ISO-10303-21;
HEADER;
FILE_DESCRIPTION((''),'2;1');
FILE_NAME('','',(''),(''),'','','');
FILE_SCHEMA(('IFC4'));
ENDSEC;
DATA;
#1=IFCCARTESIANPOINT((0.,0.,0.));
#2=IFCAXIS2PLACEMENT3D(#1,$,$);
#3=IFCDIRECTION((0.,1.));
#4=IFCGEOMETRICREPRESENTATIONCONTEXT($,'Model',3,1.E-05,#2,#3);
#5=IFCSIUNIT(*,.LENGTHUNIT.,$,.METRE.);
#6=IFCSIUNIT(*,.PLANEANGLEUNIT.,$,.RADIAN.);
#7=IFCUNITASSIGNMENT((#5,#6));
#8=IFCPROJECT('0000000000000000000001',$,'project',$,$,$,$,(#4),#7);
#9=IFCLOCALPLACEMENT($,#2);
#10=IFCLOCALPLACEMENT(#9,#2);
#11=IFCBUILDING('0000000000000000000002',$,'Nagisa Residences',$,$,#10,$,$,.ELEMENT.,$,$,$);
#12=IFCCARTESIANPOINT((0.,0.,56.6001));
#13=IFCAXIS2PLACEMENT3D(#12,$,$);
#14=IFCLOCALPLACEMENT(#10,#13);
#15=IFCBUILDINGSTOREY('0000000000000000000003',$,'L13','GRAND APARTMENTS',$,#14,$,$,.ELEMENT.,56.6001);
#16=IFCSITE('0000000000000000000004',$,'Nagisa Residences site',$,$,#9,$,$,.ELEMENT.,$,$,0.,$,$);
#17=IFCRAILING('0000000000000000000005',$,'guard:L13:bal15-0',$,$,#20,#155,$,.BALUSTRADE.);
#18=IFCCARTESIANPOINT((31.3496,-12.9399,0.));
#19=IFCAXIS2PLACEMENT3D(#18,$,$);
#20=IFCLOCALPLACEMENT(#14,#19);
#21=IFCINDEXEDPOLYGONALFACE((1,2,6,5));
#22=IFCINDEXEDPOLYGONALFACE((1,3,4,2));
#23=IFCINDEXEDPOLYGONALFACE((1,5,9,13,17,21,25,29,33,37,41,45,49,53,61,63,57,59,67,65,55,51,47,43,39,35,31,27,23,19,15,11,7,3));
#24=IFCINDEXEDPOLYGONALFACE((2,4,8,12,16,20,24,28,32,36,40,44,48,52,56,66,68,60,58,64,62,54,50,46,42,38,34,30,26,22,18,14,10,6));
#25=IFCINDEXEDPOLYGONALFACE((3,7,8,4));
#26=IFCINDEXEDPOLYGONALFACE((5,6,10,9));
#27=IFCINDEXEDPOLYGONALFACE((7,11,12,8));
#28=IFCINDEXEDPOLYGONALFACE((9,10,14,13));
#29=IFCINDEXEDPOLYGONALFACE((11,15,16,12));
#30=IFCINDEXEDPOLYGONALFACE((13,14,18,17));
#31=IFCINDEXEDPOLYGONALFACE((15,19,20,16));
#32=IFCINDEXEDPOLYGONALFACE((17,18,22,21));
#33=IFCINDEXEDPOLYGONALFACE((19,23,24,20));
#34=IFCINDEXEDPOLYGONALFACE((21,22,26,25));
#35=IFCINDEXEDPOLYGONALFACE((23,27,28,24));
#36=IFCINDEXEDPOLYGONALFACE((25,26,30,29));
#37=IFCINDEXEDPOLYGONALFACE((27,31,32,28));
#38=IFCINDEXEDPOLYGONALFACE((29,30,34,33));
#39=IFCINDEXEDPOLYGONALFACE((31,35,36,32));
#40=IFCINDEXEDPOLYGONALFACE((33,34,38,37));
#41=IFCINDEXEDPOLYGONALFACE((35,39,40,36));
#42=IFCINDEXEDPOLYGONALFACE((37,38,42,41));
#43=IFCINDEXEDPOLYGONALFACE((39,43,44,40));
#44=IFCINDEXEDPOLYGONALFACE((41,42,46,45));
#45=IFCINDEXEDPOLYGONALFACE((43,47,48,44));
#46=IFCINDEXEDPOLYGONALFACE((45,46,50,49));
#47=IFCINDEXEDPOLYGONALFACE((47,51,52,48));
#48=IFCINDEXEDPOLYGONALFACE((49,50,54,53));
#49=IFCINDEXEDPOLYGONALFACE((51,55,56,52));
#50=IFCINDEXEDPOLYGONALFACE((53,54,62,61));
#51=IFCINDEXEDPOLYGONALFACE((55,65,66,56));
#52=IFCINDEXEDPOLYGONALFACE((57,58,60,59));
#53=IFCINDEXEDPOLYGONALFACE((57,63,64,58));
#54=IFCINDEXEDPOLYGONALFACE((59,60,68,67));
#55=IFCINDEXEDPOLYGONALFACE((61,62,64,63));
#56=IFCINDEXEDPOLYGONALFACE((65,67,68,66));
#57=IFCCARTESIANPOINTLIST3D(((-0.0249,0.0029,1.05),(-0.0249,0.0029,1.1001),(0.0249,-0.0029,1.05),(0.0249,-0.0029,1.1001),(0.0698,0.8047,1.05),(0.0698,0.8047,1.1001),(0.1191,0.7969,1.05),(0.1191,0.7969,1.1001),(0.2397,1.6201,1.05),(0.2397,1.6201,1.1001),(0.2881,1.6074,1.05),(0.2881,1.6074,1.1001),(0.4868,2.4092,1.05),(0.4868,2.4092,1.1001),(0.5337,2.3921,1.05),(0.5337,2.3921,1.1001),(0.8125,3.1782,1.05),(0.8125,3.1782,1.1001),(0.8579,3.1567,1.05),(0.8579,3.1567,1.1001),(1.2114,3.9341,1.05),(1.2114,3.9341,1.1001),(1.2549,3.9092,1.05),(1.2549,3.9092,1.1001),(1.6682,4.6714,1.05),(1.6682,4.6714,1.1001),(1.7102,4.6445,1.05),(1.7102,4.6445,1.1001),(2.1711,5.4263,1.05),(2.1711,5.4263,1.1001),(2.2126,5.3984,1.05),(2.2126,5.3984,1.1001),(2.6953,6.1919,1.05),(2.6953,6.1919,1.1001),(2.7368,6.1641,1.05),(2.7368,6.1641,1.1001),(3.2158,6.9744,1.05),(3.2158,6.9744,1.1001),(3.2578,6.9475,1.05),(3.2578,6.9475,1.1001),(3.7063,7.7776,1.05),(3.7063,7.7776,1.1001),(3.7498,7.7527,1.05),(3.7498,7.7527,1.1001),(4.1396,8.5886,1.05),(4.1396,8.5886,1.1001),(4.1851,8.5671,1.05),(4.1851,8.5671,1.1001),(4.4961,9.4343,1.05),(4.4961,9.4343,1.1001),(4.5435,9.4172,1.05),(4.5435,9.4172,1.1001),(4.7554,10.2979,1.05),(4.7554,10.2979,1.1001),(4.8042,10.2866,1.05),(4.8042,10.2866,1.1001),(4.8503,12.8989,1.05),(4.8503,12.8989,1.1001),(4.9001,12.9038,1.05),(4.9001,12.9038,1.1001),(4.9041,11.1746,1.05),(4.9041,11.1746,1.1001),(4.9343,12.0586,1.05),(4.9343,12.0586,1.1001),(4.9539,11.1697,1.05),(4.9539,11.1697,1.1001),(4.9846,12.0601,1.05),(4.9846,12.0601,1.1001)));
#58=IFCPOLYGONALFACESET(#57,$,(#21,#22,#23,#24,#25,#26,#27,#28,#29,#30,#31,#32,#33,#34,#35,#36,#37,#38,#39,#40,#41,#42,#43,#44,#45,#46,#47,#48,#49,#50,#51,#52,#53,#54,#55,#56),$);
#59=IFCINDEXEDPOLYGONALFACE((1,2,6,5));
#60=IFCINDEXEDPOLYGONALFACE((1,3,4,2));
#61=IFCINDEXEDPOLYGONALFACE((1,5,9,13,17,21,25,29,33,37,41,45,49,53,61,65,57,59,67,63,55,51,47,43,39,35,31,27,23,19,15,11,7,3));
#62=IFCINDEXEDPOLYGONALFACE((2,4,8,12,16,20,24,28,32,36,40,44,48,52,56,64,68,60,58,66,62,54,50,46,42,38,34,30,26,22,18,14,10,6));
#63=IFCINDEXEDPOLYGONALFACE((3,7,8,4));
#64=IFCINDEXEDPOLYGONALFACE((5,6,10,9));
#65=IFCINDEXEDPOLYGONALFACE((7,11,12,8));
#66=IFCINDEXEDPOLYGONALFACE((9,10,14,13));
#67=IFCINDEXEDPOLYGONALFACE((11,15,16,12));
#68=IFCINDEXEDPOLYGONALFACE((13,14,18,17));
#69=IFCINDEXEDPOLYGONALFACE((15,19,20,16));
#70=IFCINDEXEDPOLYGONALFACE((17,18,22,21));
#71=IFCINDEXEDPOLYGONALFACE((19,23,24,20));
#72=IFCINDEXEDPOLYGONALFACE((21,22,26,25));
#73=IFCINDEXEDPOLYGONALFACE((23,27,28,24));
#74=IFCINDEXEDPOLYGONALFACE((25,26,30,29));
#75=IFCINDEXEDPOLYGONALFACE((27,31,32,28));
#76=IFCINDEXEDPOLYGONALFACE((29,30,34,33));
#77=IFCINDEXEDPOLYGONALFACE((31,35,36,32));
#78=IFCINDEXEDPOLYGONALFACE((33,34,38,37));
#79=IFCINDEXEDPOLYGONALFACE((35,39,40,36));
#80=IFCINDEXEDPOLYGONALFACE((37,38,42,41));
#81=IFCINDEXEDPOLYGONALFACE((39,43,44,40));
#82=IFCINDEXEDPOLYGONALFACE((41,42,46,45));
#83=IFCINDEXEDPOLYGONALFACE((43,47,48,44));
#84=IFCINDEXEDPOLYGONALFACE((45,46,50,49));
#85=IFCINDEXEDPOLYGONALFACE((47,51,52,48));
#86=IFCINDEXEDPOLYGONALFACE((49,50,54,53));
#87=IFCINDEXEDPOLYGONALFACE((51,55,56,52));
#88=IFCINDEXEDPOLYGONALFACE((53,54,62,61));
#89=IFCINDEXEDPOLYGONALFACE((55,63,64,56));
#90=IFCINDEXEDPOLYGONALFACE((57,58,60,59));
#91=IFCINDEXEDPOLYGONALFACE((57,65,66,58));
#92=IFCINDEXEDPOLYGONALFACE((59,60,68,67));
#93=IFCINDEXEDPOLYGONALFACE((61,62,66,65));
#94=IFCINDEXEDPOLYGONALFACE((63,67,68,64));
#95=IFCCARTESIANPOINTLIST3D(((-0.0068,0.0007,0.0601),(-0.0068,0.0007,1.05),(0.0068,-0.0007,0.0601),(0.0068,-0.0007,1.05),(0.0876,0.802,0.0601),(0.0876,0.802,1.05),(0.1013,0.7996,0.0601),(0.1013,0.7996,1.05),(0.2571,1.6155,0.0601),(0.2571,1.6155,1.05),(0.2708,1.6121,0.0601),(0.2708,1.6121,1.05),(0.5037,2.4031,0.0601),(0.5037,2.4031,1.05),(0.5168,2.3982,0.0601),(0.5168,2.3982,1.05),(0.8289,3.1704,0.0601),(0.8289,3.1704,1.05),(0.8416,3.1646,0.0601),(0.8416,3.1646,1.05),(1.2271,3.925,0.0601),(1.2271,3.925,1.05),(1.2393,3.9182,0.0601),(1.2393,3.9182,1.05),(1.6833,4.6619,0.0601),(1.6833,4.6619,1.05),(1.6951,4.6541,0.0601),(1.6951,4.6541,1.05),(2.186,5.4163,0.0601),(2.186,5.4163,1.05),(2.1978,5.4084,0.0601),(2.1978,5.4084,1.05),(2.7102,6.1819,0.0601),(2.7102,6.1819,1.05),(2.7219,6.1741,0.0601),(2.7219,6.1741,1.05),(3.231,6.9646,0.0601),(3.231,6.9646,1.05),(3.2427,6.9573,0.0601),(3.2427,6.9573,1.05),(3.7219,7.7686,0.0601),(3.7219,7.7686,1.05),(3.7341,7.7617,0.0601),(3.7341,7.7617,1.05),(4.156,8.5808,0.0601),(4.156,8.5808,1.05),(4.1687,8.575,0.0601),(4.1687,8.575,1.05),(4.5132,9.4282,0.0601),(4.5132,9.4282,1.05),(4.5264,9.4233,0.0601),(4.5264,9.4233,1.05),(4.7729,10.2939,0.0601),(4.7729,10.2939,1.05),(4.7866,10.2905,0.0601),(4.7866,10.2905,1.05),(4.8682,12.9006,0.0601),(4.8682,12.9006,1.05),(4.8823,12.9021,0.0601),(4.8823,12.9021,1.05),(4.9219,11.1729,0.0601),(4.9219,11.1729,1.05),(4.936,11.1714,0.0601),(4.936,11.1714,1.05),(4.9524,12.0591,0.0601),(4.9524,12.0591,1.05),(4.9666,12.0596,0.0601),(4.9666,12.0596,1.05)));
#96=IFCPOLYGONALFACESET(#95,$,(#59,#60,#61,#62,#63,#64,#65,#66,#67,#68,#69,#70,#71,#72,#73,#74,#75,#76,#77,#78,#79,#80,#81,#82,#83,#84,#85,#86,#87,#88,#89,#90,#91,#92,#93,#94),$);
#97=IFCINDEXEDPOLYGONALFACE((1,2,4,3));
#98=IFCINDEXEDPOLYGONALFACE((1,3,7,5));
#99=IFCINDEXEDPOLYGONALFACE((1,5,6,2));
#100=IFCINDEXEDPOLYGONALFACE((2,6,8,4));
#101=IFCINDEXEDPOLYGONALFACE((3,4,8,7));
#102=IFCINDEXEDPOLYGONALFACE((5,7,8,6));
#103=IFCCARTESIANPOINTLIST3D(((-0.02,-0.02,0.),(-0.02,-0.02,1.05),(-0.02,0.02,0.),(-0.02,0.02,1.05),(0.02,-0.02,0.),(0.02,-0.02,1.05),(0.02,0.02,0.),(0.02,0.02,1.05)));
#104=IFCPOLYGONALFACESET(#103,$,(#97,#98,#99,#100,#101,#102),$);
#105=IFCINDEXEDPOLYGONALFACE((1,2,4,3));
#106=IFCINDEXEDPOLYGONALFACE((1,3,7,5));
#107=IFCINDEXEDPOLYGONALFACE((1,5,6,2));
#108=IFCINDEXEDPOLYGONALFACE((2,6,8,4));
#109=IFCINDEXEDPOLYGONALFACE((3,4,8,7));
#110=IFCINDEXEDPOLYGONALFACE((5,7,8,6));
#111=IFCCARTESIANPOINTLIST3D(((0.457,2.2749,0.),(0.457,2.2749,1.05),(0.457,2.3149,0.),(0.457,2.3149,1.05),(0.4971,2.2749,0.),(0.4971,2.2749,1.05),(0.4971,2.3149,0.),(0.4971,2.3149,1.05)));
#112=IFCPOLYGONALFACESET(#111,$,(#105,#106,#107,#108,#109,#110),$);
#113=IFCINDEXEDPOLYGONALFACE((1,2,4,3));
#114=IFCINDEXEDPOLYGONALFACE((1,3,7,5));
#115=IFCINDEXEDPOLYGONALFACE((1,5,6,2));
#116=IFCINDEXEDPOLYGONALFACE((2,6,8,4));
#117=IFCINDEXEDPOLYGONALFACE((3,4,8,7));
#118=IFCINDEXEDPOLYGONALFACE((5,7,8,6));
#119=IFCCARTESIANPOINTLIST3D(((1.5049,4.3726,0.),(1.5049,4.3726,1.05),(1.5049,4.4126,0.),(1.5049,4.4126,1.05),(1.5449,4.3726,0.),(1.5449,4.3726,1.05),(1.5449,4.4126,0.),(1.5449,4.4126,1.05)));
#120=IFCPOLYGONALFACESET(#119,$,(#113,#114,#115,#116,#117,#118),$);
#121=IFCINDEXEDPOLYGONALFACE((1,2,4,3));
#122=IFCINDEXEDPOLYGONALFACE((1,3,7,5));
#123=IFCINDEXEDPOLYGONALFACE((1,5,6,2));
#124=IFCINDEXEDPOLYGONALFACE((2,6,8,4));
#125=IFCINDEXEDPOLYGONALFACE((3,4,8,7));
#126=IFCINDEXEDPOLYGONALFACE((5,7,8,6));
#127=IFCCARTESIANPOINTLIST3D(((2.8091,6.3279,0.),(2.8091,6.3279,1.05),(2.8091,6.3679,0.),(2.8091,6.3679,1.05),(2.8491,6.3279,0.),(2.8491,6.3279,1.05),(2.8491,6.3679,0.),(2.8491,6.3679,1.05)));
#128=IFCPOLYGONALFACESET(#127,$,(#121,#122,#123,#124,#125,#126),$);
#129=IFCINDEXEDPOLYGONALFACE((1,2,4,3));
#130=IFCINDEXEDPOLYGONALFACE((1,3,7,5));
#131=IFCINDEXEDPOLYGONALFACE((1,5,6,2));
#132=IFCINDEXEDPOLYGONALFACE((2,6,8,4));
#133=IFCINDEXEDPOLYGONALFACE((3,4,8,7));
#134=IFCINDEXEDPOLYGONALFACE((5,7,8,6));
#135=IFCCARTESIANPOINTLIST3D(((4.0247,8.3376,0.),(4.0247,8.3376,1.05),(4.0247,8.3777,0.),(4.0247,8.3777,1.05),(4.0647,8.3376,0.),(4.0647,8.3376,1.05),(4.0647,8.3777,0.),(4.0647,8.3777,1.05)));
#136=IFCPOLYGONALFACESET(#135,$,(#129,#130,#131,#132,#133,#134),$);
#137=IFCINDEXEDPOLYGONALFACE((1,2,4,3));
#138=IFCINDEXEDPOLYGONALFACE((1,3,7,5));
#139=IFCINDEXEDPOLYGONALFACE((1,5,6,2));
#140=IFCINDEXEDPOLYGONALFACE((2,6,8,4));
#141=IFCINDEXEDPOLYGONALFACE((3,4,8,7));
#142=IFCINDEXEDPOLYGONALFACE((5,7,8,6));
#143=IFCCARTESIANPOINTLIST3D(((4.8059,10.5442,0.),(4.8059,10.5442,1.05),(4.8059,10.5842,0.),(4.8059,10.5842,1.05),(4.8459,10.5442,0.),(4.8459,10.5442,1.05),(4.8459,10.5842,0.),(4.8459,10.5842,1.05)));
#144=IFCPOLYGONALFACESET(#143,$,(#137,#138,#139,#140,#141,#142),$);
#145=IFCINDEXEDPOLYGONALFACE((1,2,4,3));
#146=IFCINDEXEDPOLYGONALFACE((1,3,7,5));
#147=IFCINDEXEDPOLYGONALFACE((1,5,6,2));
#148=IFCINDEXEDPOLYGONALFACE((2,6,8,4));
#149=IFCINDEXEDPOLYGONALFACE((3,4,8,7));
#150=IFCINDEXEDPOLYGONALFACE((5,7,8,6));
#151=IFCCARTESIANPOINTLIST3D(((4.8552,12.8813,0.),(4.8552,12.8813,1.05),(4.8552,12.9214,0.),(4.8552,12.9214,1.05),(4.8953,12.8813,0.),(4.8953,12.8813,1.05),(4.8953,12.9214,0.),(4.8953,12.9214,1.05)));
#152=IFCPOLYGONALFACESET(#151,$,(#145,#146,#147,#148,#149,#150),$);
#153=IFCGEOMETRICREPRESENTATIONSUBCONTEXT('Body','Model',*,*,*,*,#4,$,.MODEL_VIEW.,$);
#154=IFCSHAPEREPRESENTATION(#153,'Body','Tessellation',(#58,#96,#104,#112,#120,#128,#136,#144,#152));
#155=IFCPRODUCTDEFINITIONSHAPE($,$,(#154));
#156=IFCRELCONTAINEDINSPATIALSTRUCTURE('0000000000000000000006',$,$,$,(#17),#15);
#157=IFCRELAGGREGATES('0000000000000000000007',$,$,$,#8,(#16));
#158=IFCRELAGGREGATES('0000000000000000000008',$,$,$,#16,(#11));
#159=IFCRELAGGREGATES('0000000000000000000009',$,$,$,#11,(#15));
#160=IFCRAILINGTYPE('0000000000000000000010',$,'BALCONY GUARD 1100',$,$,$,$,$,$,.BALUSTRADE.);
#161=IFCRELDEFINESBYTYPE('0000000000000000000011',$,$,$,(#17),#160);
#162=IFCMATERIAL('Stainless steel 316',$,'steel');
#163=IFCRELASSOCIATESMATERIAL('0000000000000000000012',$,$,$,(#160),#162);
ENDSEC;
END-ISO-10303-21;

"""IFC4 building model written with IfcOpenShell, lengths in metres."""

from ifc_helpers import new_model, si_unit, direction, frame, origin, origin_2d, place, context, subcontext, project, spatial, polyline, rectangle, outline, extrude, material, type_object, element, save


model = new_model("IFC4")

# Units and contexts
model_context = context("Model", 3, precision=1e-05, world=origin(), true_north=direction((0.0, 1.0)))
body_context = subcontext(model_context, "Body", "Model", "MODEL_VIEW")
ifc_project = project(units=[si_unit("LENGTHUNIT", "METRE"), si_unit("PLANEANGLEUNIT", "RADIAN")], contexts=[model_context])

# Site, building, storey
site_placement = place(None, origin())
site = spatial("IfcSite", under=ifc_project, at=site_placement, Name="Nagisa Residences site", CompositionType="ELEMENT", RefElevation=0.0)
building_placement = place(site_placement, origin())
building = spatial("IfcBuilding", under=site, at=building_placement, Name="Nagisa Residences", CompositionType="ELEMENT")
storey_placement = place(building_placement, frame((0.0, 0.0, 56.6001)))
storey = spatial("IfcBuildingStorey", under=building, at=storey_placement, Name="L13", Description="GRAND APARTMENTS", CompositionType="ELEMENT", Elevation=56.6001)

# Railing
ifc_material_1 = material(Name="Stainless steel 316", Category="steel")
railing_type = type_object("IfcRailingType", Name="BALCONY GUARD 1100", PredefinedType="BALUSTRADE", material=ifc_material_1)
railing_placement = place(storey_placement, frame((31.3496, -12.9399, 0.0)))
element("IfcRailing", 1, at=railing_placement, inside=storey, type_object=railing_type, Name="guard:L13:bal15-0", PredefinedType="BALUSTRADE", context=body_context, shape_type="SweptSolid", body=[
    extrude(outline(polyline([(0.0698, 0.8047), (-0.0249, 0.0029), (0.0249, -0.0029), (0.1191, 0.7969), (0.2881, 1.6074), (0.5337, 2.3921), (0.8579, 3.1567), (1.2549, 3.9092), (1.7102, 4.6445), (2.2126, 5.3984), (2.7368, 6.1641), (3.2578, 6.9475), (3.7498, 7.7527), (4.1851, 8.5671), (4.5435, 9.4172), (4.8042, 10.2866), (4.9539, 11.1697), (4.9846, 12.0601), (4.9001, 12.9038), (4.8503, 12.8989), (4.9343, 12.0586), (4.9041, 11.1746), (4.7554, 10.2979), (4.4961, 9.4343), (4.1396, 8.5886), (3.7063, 7.7776), (3.2158, 6.9744), (2.6953, 6.1919), (2.1711, 5.4263), (1.6682, 4.6714), (1.2114, 3.9341), (0.8125, 3.1782), (0.4868, 2.4092), (0.2397, 1.6201), (0.0698, 0.8047)])), frame((0.0, 0.0, 1.05)), (0.0, 0.0, 1.0), 0.05),
    extrude(outline(polyline([(0.0876, 0.802), (-0.0068, 0.0007), (0.0068, -0.0007), (0.1013, 0.7996), (0.2708, 1.6121), (0.5168, 2.3982), (0.8416, 3.1646), (1.2393, 3.9182), (1.6951, 4.6541), (2.1978, 5.4084), (2.7219, 6.1741), (3.2427, 6.9573), (3.7341, 7.7617), (4.1687, 8.575), (4.5264, 9.4233), (4.7866, 10.2905), (4.936, 11.1714), (4.9666, 12.0596), (4.8823, 12.9021), (4.8682, 12.9006), (4.9524, 12.0591), (4.9219, 11.1729), (4.7729, 10.2939), (4.5132, 9.4282), (4.156, 8.5808), (3.7219, 7.7686), (3.231, 6.9646), (2.7102, 6.1819), (2.186, 5.4163), (1.6833, 4.6619), (1.2271, 3.925), (0.8289, 3.1704), (0.5037, 2.4031), (0.2571, 1.6155), (0.0876, 0.802)])), frame((0.0, 0.0, 0.0601)), (0.0, 0.0, 1.0), 0.99),
    extrude(rectangle(XDim=0.04, YDim=0.04, at=origin_2d()), origin(), (0.0, 0.0, 1.0), 1.05),
    extrude(rectangle(XDim=0.04, YDim=0.04, at=origin_2d()), frame((0.4771, 2.2949, 0.0)), (0.0, 0.0, 1.0), 1.05),
    extrude(rectangle(XDim=0.04, YDim=0.04, at=origin_2d()), frame((1.5249, 4.3926, 0.0)), (0.0, 0.0, 1.0), 1.05),
    extrude(rectangle(XDim=0.04, YDim=0.04, at=origin_2d()), frame((2.8291, 6.3479, 0.0)), (0.0, 0.0, 1.0), 1.05),
    extrude(rectangle(XDim=0.04, YDim=0.04, at=origin_2d()), frame((4.0447, 8.3577, 0.0)), (0.0, 0.0, 1.0), 1.05),
    extrude(rectangle(XDim=0.04, YDim=0.04, at=origin_2d()), frame((4.8259, 10.5642, 0.0)), (0.0, 0.0, 1.0), 1.05),
    extrude(rectangle(XDim=0.04, YDim=0.04, at=origin_2d()), frame((4.8752, 12.9014, 0.0)), (0.0, 0.0, 1.0), 1.05),
])

save(model, "model.ifc")
